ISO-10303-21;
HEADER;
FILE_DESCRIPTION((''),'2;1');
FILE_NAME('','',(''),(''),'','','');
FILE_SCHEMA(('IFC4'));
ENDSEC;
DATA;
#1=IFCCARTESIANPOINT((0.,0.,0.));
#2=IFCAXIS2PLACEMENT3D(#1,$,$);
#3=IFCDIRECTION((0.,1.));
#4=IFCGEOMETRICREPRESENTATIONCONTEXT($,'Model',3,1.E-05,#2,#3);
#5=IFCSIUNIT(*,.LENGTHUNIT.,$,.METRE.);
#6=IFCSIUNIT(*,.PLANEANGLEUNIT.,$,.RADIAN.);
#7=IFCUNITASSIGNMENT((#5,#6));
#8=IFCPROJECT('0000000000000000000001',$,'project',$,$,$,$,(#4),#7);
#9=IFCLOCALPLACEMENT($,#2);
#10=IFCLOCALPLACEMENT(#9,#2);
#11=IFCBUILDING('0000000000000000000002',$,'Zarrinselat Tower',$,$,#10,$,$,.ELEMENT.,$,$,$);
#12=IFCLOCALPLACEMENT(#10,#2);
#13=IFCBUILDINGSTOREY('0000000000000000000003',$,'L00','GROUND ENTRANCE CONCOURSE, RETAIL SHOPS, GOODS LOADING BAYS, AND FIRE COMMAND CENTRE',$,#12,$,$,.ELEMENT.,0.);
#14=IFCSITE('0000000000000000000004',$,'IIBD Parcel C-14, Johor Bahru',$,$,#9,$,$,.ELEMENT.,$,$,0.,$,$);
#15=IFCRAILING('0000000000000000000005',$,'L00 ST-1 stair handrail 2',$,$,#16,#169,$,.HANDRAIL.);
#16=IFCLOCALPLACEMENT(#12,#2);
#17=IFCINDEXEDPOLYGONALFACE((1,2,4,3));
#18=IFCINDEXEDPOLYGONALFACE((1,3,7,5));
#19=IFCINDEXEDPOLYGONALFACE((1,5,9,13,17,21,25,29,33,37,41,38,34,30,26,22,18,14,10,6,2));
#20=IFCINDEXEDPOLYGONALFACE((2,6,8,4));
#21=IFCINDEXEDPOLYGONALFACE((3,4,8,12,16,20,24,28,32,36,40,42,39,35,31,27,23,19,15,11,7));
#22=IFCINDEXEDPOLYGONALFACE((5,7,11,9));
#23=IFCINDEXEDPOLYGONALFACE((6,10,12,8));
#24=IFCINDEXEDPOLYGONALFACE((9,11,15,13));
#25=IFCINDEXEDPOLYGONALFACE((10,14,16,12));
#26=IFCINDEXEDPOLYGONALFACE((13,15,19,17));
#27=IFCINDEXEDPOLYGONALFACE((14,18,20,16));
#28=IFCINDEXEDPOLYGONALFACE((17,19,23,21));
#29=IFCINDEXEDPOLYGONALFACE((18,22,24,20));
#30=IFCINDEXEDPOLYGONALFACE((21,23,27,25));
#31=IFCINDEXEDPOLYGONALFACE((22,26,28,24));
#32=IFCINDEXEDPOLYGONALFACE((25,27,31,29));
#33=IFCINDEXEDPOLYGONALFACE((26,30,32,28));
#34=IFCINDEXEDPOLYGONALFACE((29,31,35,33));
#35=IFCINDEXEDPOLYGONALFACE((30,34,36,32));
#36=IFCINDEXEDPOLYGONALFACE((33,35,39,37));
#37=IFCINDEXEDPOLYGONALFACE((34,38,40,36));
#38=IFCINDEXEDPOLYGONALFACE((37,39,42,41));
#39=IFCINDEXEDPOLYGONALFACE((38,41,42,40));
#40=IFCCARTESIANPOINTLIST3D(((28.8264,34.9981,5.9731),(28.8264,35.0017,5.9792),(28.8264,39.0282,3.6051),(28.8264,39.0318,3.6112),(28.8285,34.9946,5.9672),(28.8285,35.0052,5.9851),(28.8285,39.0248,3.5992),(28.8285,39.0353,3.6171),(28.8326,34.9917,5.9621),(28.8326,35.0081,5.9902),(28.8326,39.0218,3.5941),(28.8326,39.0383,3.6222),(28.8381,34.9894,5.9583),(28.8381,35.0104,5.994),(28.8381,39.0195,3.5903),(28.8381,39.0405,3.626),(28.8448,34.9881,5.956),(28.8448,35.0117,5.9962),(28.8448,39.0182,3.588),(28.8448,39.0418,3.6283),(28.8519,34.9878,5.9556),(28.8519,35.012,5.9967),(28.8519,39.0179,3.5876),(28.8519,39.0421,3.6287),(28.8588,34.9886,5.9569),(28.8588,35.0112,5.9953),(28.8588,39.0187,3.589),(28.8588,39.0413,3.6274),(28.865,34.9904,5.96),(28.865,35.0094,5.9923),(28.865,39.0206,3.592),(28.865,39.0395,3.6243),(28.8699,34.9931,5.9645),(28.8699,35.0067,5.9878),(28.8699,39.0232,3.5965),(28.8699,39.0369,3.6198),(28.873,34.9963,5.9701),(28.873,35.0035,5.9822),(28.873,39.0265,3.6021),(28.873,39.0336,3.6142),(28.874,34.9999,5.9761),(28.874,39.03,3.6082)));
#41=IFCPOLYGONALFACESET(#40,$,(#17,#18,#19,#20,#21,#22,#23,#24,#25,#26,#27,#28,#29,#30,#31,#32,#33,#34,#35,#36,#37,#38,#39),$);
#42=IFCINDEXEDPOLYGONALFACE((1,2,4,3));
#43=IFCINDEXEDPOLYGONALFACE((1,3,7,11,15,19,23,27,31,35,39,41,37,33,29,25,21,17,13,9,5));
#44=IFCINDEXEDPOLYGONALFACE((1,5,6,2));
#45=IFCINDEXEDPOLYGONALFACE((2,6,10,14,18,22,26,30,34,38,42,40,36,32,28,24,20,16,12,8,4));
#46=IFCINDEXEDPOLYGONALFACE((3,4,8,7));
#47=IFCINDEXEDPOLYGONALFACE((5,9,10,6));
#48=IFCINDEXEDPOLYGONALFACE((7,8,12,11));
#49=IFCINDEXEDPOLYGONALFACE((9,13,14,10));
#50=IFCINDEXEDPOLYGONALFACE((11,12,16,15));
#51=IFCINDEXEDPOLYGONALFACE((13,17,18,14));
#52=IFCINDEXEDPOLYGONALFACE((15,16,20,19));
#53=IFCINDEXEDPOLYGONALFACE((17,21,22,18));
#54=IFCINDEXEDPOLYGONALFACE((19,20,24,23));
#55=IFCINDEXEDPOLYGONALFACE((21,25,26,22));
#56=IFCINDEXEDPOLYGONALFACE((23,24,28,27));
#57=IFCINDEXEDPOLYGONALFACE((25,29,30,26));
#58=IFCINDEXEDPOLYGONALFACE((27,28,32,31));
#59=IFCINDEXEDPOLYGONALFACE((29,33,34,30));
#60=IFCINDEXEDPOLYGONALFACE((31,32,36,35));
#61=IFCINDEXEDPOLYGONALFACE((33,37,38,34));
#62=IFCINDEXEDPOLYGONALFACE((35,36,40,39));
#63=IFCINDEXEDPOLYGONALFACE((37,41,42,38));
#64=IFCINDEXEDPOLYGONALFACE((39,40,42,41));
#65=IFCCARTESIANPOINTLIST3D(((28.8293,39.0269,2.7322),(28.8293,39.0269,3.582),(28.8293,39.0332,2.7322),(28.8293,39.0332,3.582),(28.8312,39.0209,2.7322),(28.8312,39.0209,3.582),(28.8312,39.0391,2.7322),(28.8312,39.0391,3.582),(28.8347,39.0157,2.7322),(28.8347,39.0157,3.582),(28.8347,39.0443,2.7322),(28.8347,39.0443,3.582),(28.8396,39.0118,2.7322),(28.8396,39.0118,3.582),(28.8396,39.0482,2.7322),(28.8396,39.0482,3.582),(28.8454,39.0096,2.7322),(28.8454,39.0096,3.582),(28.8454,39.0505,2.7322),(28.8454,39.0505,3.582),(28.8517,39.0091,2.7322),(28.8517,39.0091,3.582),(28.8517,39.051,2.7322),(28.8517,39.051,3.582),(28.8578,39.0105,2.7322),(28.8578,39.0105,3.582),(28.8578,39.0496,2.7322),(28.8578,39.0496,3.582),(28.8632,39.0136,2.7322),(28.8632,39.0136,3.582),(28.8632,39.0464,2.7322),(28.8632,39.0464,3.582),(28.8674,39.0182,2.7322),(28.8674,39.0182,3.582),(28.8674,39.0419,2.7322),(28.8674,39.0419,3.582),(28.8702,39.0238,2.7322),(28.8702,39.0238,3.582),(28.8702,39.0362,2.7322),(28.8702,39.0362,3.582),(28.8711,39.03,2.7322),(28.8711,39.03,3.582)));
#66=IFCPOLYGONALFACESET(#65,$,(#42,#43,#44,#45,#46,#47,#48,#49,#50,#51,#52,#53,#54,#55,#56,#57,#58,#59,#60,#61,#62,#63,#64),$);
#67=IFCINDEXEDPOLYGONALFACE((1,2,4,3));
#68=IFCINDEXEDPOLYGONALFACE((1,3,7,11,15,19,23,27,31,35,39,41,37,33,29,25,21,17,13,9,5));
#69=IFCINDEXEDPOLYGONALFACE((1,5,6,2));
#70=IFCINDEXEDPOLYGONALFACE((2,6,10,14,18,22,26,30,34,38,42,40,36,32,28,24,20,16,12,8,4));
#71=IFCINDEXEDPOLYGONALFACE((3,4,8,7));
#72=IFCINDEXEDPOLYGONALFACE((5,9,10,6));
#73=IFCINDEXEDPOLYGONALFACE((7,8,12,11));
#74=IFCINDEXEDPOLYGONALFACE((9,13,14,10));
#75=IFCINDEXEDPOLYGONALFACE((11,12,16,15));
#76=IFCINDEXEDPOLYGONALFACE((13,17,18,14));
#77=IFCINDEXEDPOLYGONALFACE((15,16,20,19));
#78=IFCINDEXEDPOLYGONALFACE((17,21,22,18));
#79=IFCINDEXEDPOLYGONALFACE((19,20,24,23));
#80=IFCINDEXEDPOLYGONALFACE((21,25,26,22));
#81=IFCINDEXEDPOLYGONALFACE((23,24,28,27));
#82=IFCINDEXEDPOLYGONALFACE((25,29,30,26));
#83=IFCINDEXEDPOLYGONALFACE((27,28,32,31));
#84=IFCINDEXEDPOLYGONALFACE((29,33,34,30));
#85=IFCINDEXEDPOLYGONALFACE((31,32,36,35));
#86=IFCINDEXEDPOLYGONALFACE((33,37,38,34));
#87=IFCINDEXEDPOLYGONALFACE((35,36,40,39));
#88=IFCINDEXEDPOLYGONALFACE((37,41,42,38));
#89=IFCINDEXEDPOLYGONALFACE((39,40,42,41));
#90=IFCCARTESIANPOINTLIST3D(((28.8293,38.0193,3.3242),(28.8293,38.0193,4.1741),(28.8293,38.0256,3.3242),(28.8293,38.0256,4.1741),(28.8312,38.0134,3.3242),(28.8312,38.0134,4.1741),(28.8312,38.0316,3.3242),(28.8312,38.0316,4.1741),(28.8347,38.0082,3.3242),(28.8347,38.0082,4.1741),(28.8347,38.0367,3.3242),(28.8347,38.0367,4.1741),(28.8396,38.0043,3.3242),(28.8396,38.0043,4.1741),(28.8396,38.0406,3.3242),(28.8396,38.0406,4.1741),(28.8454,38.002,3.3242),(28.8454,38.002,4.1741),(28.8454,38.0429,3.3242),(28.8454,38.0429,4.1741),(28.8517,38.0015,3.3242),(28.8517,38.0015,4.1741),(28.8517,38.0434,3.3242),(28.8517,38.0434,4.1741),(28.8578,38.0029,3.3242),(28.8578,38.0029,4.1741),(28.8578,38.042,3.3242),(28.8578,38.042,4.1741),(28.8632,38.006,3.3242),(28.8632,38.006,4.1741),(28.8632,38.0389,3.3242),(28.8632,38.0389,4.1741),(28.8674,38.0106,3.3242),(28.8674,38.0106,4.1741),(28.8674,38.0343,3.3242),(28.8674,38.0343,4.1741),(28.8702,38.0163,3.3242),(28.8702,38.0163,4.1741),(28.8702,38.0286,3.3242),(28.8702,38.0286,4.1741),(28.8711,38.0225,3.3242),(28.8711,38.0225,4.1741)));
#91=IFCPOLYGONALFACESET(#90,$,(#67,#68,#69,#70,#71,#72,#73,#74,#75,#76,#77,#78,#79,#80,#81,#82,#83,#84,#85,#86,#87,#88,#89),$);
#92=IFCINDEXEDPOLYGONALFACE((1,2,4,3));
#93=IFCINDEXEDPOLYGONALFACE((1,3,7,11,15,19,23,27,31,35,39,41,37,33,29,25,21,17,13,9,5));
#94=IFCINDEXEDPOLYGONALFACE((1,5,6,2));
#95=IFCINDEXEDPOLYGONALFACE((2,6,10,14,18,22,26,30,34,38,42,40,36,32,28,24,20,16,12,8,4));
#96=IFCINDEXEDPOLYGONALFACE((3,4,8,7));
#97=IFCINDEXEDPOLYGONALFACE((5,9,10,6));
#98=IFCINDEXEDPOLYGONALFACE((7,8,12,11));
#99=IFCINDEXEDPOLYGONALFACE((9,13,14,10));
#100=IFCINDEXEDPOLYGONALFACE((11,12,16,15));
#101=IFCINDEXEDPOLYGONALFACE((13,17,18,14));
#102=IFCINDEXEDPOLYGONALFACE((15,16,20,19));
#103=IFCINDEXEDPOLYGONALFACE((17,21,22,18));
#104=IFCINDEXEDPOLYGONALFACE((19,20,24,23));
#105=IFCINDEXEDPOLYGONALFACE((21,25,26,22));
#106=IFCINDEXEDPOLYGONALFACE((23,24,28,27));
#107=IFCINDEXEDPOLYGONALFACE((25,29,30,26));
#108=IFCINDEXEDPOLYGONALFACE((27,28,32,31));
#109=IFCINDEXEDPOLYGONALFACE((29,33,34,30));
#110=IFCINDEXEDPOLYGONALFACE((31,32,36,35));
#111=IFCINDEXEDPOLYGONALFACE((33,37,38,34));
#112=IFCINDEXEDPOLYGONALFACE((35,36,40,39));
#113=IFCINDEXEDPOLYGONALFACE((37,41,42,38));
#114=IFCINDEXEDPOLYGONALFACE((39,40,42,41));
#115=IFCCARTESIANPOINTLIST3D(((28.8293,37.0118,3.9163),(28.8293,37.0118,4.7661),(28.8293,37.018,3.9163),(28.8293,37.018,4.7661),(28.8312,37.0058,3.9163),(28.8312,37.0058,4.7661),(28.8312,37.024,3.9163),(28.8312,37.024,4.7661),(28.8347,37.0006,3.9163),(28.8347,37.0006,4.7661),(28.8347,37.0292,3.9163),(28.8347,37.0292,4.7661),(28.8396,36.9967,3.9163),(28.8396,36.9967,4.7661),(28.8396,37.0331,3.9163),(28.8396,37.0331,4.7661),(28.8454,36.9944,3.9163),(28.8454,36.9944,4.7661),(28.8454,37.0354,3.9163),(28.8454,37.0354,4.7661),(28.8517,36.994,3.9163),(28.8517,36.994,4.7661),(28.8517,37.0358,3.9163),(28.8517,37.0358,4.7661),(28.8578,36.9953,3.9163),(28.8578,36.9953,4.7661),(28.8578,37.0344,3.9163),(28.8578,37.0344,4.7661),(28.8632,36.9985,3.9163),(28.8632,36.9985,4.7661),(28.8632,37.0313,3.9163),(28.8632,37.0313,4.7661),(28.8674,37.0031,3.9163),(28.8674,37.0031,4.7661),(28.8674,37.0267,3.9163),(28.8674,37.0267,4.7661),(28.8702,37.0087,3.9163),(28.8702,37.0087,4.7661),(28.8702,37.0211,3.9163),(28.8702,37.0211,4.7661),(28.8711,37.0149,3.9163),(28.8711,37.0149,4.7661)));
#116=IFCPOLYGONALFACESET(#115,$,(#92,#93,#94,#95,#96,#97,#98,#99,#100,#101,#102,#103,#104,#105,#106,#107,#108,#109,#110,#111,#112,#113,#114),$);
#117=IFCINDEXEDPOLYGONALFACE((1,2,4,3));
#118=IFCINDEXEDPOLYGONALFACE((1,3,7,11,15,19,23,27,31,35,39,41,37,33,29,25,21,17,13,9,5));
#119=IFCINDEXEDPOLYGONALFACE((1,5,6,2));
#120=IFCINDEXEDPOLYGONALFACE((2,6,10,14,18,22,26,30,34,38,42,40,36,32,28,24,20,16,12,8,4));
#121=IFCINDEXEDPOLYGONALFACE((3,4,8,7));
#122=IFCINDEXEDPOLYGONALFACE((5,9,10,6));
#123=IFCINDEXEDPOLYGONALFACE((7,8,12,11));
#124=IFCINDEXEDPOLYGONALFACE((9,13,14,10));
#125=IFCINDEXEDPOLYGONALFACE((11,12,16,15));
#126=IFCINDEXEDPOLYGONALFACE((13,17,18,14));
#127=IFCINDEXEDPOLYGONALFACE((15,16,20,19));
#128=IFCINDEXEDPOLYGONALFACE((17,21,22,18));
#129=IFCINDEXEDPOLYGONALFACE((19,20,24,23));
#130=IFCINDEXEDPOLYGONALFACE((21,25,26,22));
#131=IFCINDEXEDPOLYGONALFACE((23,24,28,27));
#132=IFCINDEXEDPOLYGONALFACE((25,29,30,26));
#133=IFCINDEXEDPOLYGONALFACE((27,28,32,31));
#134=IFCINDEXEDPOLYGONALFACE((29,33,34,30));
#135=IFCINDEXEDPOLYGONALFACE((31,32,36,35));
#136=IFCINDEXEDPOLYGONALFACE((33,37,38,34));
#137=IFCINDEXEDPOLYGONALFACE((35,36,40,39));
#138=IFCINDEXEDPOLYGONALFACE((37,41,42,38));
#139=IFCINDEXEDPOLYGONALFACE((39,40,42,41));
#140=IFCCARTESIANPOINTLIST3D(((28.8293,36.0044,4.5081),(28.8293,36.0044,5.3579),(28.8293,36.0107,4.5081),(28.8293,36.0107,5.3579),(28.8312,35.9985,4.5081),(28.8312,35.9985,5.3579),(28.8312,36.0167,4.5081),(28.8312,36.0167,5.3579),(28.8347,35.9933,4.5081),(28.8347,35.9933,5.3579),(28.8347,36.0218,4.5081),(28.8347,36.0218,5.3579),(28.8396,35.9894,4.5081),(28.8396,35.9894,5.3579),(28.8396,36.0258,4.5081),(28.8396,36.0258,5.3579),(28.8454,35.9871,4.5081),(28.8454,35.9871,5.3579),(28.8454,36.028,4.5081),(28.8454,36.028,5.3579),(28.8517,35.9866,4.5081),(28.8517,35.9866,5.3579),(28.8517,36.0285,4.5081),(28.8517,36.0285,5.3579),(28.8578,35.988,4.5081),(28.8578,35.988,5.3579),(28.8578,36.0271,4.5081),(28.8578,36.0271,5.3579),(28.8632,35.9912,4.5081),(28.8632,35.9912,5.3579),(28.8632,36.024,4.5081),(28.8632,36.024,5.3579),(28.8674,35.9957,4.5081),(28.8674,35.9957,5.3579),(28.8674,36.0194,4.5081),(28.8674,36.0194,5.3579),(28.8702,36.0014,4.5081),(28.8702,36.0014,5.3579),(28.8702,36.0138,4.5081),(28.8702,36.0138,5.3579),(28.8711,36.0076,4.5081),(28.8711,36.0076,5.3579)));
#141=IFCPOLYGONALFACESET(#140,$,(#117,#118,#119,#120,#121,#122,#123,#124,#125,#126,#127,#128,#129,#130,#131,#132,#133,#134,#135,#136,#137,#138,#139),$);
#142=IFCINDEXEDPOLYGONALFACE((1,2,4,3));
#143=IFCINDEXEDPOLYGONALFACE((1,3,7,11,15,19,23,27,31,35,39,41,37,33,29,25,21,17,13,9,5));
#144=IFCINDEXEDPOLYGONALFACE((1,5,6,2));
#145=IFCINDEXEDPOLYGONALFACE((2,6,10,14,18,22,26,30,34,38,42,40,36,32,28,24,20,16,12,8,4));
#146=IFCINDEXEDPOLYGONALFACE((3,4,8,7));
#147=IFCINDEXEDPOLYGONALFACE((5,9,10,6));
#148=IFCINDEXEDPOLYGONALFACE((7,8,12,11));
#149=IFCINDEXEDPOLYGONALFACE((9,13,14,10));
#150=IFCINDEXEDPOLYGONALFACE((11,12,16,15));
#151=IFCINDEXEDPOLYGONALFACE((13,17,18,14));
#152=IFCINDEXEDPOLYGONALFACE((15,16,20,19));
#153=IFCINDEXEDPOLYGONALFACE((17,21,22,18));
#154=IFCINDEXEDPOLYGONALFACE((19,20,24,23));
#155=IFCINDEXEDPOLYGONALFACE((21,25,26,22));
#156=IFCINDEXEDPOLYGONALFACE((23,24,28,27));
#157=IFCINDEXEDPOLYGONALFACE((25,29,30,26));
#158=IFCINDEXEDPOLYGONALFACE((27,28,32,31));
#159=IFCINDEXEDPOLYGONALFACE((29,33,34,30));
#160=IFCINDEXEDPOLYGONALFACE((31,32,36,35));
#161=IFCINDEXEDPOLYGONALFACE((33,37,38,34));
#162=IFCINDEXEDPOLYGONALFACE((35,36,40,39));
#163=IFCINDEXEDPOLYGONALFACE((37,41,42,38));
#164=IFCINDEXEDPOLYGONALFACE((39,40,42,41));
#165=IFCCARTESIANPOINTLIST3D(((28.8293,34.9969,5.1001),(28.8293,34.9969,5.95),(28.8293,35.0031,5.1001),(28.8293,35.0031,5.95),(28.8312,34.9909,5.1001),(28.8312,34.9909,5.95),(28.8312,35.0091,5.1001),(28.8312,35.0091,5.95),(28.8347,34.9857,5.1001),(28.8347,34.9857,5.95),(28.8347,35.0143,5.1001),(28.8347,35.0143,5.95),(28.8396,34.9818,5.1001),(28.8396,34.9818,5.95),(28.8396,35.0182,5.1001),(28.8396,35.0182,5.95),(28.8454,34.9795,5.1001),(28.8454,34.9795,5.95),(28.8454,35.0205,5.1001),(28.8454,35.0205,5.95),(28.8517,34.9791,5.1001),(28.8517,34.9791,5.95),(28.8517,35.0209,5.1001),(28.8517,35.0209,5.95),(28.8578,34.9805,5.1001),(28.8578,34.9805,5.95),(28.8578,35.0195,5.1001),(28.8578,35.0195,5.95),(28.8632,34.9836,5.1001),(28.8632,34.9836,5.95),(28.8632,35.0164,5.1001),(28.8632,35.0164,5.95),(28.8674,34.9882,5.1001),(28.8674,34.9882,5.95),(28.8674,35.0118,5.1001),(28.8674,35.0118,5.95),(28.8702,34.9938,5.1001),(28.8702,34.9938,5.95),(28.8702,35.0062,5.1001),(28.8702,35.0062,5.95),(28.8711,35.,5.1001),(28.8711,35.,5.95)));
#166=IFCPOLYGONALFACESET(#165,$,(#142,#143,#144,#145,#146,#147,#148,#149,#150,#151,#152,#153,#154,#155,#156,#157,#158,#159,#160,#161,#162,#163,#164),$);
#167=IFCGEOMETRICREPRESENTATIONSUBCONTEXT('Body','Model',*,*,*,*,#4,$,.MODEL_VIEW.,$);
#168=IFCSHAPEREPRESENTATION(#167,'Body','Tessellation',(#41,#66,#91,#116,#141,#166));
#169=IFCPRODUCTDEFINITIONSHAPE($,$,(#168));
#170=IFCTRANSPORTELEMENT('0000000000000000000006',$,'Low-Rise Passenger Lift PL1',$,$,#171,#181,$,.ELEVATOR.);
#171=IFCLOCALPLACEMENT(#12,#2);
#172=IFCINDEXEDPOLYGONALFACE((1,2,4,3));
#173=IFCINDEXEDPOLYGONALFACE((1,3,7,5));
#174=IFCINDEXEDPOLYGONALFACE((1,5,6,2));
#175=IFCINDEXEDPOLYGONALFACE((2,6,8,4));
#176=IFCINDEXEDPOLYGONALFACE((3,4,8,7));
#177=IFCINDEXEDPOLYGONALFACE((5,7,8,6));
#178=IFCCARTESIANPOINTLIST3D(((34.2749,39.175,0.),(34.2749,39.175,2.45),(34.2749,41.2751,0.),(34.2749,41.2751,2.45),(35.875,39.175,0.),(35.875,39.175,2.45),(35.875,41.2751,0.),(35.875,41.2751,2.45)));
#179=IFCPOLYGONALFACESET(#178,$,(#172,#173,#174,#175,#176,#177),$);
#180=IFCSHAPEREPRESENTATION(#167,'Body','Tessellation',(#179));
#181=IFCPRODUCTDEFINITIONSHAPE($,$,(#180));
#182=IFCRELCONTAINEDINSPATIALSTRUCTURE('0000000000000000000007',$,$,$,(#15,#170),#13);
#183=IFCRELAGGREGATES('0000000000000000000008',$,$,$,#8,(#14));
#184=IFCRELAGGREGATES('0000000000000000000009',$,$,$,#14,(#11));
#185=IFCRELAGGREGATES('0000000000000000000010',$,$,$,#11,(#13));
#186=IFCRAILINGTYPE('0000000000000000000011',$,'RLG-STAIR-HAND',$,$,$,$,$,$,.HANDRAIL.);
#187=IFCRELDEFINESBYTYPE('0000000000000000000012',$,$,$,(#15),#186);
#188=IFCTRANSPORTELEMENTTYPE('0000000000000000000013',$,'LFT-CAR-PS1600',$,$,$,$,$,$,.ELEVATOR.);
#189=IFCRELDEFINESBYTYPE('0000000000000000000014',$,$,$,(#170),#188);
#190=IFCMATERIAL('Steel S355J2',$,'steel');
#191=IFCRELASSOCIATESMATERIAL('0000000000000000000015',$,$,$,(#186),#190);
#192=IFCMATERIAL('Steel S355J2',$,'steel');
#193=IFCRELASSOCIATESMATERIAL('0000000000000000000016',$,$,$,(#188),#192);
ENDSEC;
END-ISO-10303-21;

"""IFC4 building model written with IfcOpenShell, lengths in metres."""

from ifc_helpers import new_model, si_unit, direction, frame, origin, origin_2d, place, context, subcontext, project, spatial, rectangle, circle, extrude, material, type_object, element, save


model = new_model("IFC4")

# Units and contexts
model_context = context("Model", 3, precision=1e-05, world=origin(), true_north=direction((0.0, 1.0)))
body_context = subcontext(model_context, "Body", "Model", "MODEL_VIEW")
ifc_project = project(units=[si_unit("LENGTHUNIT", "METRE"), si_unit("PLANEANGLEUNIT", "RADIAN")], contexts=[model_context])

# Site, building, storey
site_placement = place(None, origin())
site = spatial("IfcSite", under=ifc_project, at=site_placement, Name="IIBD Parcel C-14, Johor Bahru", CompositionType="ELEMENT", RefElevation=0.0)
building_placement = place(site_placement, origin())
building = spatial("IfcBuilding", under=site, at=building_placement, Name="Zarrinselat Tower", CompositionType="ELEMENT")
storey_placement = place(building_placement, origin())
storey = spatial("IfcBuildingStorey", under=building, at=storey_placement, Name="L00", Description="GROUND ENTRANCE CONCOURSE, RETAIL SHOPS, GOODS LOADING BAYS, AND FIRE COMMAND CENTRE", CompositionType="ELEMENT", Elevation=0.0)

# Railing
ifc_material_1 = material(Name="Steel S355J2", Category="steel")
railing_type_1 = type_object("IfcRailingType", Name="RLG-STAIR-HAND", PredefinedType="HANDRAIL", material=ifc_material_1)
railing_1_placement = place(storey_placement, frame((28.8501, 39.03, 2.7322)))
element("IfcRailing", 1, at=railing_1_placement, inside=storey, type_object=railing_type_1, Name="L00 ST-1 stair handrail 2", PredefinedType="HANDRAIL", context=body_context, shape_type="SweptSolid", body=[
    extrude(circle(Radius=0.0239, at=origin_2d()), frame((0.0, 0.0, 0.876), z_axis=(0.0, -0.862185, 0.506593), x_axis=(1.0, 0.0, 0.0)), (0.0, 0.0, 1.0), 4.6743),
    extrude(circle(Radius=0.021, at=origin_2d()), origin(), (0.0, 0.0, 1.0), 0.8499),
    extrude(circle(Radius=0.021, at=origin_2d()), frame((0.0, -1.0076, 0.592)), (0.0, 0.0, 1.0), 0.8499),
    extrude(circle(Radius=0.021, at=origin_2d()), frame((0.0, -2.0151, 1.1841)), (0.0, 0.0, 1.0), 0.8499),
    extrude(circle(Radius=0.021, at=origin_2d()), frame((0.0, -3.0225, 1.7759)), (0.0, 0.0, 1.0), 0.8499),
    extrude(circle(Radius=0.021, at=origin_2d()), frame((0.0, -4.03, 2.3679)), (0.0, 0.0, 1.0), 0.8499),
])

# Transport element
ifc_material_2 = material(Name="Steel S355J2", Category="steel")
transport_element_type = type_object("IfcTransportElementType", Name="LFT-CAR-PS1600", PredefinedType="ELEVATOR", material=ifc_material_2)
transport_element_placement = place(storey_placement, frame((35.075, 40.2251, 0.0), z_axis=(0.0, 0.0, 1.0), x_axis=(1.0, 0.0, 0.0)))
element("IfcTransportElement", 2, at=transport_element_placement, inside=storey, type_object=transport_element_type, Name="Low-Rise Passenger Lift PL1", PredefinedType="ELEVATOR", context=body_context, shape_type="SweptSolid", body=[
    extrude(rectangle(XDim=1.6001, YDim=2.1001, at=origin_2d()), origin(), (0.0, 0.0, 1.0), 2.45),
])

save(model, "model.ifc")
